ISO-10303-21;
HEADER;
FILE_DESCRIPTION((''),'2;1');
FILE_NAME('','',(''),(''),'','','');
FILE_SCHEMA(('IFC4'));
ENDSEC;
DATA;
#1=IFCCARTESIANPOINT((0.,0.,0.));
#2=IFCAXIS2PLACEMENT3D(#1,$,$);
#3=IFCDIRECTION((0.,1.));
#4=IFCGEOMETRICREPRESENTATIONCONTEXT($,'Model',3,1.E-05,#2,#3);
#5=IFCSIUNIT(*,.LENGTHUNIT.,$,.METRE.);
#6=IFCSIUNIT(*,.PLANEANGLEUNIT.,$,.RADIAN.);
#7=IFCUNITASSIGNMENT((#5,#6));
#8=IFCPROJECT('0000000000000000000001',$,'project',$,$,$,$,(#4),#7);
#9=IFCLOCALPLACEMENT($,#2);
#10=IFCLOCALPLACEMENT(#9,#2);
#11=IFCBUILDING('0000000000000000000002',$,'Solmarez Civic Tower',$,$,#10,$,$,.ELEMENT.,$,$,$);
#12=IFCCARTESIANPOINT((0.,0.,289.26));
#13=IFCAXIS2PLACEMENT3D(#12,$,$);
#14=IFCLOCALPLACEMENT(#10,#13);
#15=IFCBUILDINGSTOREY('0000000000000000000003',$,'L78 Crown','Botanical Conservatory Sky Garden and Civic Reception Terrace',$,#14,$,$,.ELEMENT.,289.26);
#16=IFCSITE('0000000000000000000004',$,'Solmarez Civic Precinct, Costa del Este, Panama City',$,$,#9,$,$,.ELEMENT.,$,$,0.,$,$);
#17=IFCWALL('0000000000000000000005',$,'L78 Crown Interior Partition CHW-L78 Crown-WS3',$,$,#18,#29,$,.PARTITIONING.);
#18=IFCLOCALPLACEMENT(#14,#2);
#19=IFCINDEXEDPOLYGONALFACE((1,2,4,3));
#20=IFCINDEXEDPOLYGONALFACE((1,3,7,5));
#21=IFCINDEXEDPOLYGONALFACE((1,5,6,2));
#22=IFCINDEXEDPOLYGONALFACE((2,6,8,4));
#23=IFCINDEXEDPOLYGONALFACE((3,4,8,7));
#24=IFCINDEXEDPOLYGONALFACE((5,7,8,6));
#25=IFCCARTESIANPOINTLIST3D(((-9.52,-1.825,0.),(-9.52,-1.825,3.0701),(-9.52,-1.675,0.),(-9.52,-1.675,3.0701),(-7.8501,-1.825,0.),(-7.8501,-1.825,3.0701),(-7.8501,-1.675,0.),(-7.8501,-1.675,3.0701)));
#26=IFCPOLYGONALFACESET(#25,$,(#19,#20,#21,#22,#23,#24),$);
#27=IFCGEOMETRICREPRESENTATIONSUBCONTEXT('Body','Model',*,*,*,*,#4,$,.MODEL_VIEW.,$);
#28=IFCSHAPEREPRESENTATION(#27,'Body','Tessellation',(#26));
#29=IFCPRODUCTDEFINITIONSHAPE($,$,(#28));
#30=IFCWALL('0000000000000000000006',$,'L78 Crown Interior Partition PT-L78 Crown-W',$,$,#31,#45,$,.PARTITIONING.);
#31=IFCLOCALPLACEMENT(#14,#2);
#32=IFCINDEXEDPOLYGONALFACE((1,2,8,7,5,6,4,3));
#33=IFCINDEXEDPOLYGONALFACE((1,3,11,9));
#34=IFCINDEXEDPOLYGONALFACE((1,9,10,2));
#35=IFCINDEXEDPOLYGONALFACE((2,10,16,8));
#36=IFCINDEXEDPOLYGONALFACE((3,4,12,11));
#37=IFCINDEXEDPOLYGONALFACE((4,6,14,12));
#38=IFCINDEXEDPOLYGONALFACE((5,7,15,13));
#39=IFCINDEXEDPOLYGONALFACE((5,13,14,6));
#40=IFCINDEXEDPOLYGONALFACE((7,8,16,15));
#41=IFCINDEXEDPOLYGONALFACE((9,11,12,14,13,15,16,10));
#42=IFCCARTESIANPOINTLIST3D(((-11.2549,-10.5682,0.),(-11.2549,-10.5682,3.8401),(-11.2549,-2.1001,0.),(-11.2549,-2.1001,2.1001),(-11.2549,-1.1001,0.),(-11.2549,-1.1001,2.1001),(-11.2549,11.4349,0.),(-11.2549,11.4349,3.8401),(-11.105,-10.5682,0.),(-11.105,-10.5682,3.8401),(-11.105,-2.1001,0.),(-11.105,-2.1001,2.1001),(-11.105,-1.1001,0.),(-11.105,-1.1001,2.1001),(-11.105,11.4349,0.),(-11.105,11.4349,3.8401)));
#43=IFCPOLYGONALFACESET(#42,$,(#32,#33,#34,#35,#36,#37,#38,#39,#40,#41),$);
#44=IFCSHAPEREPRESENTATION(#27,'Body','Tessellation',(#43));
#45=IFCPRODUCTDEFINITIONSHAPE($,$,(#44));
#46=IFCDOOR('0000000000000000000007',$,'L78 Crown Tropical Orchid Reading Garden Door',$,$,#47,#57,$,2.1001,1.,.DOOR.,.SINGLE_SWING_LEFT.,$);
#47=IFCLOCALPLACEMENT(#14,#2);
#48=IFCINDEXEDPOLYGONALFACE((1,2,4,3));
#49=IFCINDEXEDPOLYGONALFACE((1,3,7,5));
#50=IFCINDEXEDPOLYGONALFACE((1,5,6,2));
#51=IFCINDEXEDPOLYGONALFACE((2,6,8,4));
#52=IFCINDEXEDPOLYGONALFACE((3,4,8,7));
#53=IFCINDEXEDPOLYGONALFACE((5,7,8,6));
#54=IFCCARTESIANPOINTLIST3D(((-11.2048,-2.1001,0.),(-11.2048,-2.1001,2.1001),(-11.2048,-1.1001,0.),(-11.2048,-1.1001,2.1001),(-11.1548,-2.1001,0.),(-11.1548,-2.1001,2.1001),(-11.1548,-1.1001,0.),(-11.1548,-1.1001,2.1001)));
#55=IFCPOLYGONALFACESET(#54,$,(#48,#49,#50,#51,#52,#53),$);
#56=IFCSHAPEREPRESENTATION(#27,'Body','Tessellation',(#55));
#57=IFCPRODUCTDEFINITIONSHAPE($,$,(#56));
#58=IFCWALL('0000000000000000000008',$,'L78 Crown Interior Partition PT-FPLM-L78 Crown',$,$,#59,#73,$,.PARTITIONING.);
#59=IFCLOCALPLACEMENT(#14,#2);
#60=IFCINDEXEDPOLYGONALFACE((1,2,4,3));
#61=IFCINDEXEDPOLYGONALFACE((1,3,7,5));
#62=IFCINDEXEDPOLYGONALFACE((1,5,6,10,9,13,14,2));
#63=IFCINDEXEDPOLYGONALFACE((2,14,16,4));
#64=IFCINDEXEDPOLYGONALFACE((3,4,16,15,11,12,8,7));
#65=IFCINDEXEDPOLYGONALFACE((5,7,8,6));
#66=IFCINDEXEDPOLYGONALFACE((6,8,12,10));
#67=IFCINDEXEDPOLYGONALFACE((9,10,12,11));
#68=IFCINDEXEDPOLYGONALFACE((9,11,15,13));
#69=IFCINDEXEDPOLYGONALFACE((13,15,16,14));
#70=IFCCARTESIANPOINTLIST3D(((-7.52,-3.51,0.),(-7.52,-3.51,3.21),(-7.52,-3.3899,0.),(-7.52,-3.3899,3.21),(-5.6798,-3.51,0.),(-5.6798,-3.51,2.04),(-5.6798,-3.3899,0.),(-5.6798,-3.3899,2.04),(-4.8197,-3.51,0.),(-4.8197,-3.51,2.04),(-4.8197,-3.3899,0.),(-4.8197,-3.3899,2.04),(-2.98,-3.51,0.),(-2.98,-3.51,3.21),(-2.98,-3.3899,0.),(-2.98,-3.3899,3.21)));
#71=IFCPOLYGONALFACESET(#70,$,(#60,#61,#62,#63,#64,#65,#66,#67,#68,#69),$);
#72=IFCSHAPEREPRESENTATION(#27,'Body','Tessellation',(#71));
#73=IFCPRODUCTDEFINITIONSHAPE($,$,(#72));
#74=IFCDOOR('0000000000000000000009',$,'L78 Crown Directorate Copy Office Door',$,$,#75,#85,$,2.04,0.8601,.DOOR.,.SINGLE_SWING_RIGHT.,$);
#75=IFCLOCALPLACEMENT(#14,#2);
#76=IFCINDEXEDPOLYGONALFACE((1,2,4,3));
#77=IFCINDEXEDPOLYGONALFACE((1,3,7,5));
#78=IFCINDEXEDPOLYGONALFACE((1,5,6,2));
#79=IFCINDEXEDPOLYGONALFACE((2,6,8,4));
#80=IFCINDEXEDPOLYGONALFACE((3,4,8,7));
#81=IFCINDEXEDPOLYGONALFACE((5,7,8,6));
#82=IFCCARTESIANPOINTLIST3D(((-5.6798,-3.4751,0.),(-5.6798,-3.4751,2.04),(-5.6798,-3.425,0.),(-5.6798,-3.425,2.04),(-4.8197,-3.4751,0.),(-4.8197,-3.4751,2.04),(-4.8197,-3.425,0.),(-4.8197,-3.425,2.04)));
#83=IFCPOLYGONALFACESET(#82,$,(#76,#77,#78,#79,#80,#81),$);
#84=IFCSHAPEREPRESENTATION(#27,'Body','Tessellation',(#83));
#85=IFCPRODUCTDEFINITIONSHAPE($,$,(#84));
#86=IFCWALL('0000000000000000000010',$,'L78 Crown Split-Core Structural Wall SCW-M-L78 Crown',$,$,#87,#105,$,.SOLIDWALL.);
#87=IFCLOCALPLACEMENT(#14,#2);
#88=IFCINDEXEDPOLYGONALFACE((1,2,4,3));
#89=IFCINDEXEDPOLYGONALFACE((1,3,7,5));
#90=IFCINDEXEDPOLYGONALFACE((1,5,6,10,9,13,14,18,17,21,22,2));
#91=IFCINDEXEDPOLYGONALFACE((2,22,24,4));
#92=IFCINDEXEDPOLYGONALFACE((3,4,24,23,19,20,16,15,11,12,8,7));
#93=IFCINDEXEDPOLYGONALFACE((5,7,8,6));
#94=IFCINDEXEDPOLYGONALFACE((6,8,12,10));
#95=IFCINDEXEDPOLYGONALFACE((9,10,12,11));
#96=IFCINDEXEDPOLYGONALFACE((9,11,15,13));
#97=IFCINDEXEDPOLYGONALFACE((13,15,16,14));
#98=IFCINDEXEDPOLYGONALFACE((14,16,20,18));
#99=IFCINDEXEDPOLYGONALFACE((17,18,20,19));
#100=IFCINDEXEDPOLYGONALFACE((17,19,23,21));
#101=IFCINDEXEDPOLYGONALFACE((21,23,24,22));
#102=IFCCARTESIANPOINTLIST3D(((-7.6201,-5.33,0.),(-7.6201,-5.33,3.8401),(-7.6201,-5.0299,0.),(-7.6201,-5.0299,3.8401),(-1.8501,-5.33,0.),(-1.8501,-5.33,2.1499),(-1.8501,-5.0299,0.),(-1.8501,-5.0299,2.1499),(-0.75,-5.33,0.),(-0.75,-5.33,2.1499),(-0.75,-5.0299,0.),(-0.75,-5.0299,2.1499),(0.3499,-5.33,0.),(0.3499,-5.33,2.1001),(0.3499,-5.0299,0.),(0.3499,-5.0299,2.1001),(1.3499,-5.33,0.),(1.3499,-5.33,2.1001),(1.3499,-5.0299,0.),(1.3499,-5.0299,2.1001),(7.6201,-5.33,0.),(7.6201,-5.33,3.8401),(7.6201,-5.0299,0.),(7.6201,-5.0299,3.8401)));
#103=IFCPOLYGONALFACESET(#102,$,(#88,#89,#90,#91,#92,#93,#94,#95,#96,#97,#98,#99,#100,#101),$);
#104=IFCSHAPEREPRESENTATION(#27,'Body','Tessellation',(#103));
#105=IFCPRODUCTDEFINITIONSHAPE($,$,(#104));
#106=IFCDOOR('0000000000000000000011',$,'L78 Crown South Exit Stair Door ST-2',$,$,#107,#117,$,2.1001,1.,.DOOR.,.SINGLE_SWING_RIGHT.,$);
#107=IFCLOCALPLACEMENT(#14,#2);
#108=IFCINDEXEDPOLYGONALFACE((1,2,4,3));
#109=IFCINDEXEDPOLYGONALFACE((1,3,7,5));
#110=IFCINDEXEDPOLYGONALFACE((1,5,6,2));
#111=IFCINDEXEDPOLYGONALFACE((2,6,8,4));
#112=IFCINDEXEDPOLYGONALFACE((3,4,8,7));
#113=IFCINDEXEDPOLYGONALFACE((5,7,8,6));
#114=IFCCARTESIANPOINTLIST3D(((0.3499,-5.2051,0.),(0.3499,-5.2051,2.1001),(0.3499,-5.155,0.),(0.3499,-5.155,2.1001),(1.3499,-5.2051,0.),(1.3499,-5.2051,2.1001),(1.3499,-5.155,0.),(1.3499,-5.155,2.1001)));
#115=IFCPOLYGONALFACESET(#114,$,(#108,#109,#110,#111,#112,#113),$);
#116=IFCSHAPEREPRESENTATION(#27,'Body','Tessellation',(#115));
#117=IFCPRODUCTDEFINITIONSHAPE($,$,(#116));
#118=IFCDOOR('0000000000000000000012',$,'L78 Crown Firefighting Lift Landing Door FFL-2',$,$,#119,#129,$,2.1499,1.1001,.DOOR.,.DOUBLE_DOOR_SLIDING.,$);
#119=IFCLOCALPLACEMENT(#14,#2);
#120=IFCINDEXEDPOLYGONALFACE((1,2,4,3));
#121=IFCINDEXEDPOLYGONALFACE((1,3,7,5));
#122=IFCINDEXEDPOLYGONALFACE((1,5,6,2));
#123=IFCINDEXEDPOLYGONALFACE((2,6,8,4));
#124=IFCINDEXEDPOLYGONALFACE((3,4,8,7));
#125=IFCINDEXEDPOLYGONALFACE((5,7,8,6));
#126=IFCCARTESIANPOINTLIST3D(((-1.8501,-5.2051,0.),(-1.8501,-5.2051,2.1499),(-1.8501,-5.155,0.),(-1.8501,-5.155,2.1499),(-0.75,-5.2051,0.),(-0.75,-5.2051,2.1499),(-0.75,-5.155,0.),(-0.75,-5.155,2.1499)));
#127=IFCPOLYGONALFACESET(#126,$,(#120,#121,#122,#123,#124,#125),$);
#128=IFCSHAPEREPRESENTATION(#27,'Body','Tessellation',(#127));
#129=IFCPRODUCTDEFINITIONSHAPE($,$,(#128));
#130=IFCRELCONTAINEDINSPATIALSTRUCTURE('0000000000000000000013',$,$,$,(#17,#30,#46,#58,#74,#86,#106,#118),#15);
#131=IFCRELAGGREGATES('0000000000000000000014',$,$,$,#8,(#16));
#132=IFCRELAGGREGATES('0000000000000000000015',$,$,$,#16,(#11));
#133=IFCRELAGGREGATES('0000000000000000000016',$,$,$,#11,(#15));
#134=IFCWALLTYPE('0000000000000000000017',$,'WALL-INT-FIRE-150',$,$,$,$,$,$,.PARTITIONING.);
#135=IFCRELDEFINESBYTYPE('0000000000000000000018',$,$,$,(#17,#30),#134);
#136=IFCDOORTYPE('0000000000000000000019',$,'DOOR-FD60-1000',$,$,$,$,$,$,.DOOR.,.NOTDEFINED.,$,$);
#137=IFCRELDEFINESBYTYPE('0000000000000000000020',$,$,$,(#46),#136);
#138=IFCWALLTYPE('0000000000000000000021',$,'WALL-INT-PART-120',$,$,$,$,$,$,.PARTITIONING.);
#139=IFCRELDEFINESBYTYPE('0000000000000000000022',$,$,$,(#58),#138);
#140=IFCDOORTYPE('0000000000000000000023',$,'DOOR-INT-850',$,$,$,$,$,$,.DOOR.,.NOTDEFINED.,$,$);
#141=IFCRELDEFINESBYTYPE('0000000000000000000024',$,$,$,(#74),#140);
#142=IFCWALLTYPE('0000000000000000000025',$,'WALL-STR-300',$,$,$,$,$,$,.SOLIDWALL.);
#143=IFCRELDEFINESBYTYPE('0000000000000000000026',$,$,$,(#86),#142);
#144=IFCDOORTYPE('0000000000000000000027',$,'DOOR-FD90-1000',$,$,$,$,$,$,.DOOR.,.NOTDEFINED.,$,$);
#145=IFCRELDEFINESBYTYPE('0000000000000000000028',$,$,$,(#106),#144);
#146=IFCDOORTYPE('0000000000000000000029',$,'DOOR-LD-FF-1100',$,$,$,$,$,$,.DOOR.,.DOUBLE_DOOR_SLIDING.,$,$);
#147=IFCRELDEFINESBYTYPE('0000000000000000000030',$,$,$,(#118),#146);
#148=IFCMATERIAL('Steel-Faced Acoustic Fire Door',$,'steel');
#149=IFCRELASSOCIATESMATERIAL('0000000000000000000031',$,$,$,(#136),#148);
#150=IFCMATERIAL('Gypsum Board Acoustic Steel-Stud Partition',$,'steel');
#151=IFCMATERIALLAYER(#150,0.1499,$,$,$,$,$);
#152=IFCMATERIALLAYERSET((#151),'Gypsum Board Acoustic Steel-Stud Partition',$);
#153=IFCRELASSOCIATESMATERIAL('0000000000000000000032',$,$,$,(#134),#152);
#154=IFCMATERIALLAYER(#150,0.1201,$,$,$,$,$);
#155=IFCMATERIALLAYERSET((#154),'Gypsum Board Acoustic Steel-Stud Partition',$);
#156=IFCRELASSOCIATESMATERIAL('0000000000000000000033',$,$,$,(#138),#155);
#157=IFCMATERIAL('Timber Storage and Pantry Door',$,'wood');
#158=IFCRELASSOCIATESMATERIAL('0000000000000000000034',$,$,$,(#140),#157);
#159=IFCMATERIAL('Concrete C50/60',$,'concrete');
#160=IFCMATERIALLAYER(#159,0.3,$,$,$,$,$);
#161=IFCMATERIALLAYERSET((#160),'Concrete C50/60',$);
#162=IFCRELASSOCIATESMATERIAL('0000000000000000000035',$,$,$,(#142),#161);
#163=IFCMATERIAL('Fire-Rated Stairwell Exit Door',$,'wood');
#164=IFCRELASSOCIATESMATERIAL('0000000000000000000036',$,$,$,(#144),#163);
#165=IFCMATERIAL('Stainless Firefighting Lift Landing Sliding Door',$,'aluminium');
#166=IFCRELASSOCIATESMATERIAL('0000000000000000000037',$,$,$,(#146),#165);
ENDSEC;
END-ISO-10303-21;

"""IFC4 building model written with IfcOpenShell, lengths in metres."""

from ifc_helpers import new_model, si_unit, direction, frame, frame_2d, origin, place, context, subcontext, project, spatial, rectangle, extrude, material, layer, layer_set, type_object, element, fill, save


model = new_model("IFC4")

# Units and contexts
model_context = context("Model", 3, precision=1e-05, world=origin(), true_north=direction((0.0, 1.0)))
body_context = subcontext(model_context, "Body", "Model", "MODEL_VIEW")
ifc_project = project(units=[si_unit("LENGTHUNIT", "METRE"), si_unit("PLANEANGLEUNIT", "RADIAN")], contexts=[model_context])

# Site, building, storey
site_placement = place(None, origin())
site = spatial("IfcSite", under=ifc_project, at=site_placement, Name="Solmarez Civic Precinct, Costa del Este, Panama City", CompositionType="ELEMENT", RefElevation=0.0)
building_placement = place(site_placement, origin())
building = spatial("IfcBuilding", under=site, at=building_placement, Name="Solmarez Civic Tower", CompositionType="ELEMENT")
storey_placement = place(building_placement, frame((0.0, 0.0, 289.26)))
storey = spatial("IfcBuildingStorey", under=building, at=storey_placement, Name="L78 Crown", Description="Botanical Conservatory Sky Garden and Civic Reception Terrace", CompositionType="ELEMENT", Elevation=289.26)

# Shared definitions
ifc_material_1 = material(Name="Concrete C50/60", Category="concrete")
ifc_material_2 = material(Name="Steel-Faced Acoustic Fire Door", Category="steel")
door_type_1 = type_object("IfcDoorType", Name="DOOR-FD60-1000", OperationType="NOTDEFINED", PredefinedType="DOOR", material=ifc_material_2)

# Wall
ifc_material_3 = material(Name="Gypsum Board Acoustic Steel-Stud Partition", Category="steel")
ifc_layer_1 = layer(ifc_material_3, 0.1499)
ifc_layer_set_1 = layer_set([ifc_layer_1], Name="Gypsum Board Acoustic Steel-Stud Partition")
wall_type_1 = type_object("IfcWallType", Name="WALL-INT-FIRE-150", PredefinedType="PARTITIONING", material=ifc_layer_set_1)
wall_1_placement = place(storey_placement, frame((-7.8501, -1.75, 0.0), z_axis=(0.0, 0.0, 1.0), x_axis=(-1.0, 0.0, 0.0)))
element("IfcWall", 1, at=wall_1_placement, inside=storey, type_object=wall_type_1, Name="L78 Crown Interior Partition CHW-L78 Crown-WS3", PredefinedType="PARTITIONING", context=body_context, shape_type="SweptSolid", body=[
    extrude(rectangle(XDim=1.6699, YDim=0.1499, at=frame_2d((0.835, 0.0))), origin(), (0.0, 0.0, 1.0), 3.0701),
])

# Walls, openings, doors
wall_2_placement = place(storey_placement, frame((-11.1799, -10.5681, 0.0), z_axis=(0.0, 0.0, 1.0), x_axis=(0.0, 1.0, 0.0)))
wall_2 = element("IfcWall", 2, at=wall_2_placement, inside=storey, type_object=wall_type_1, Name="L78 Crown Interior Partition PT-L78 Crown-W", PredefinedType="PARTITIONING", context=body_context, shape_type="SweptSolid", body=[
    extrude(rectangle(XDim=22.0032, YDim=0.1499, at=frame_2d((11.0015, 0.0))), origin(), (0.0, 0.0, 1.0), 3.8401),
])
opening_1_placement = place(wall_2_placement, frame((8.468, 0.0, 0.0)))
opening_1 = element("IfcOpeningElement", 3, at=opening_1_placement, cuts=wall_2, PredefinedType="OPENING", context=body_context, shape_type="SweptSolid", body=[
    extrude(rectangle(XDim=1.0, YDim=2.1001, at=frame_2d((0.5, 1.05))), frame((0.0, 0.085, 0.0), z_axis=(0.0, -1.0, 0.0), x_axis=(1.0, 0.0, 0.0)), (0.0, 0.0, 1.0), 0.1699),
])
door_1_placement = place(opening_1_placement, origin())
door_1 = element("IfcDoor", 4, at=door_1_placement, inside=storey, type_object=door_type_1, Name="L78 Crown Tropical Orchid Reading Garden Door", OperationType="SINGLE_SWING_LEFT", OverallHeight=2.1001, OverallWidth=1.0, PredefinedType="DOOR", context=body_context, shape_type="SweptSolid", body=[
    extrude(rectangle(XDim=1.0, YDim=2.1001, at=frame_2d((0.5, 1.05))), frame((0.0, 0.0249, 0.0), z_axis=(0.0, -1.0, 0.0), x_axis=(1.0, 0.0, 0.0)), (0.0, 0.0, 1.0), 0.05),
])
fill(opening_1, door_1)
ifc_layer_2 = layer(ifc_material_3, 0.1201)
ifc_layer_set_2 = layer_set([ifc_layer_2], Name="Gypsum Board Acoustic Steel-Stud Partition")
wall_type_2 = type_object("IfcWallType", Name="WALL-INT-PART-120", PredefinedType="PARTITIONING", material=ifc_layer_set_2)
wall_3_placement = place(storey_placement, frame((-7.52, -3.45, 0.0), z_axis=(0.0, 0.0, 1.0), x_axis=(1.0, 0.0, 0.0)))
wall_3 = element("IfcWall", 5, at=wall_3_placement, inside=storey, type_object=wall_type_2, Name="L78 Crown Interior Partition PT-FPLM-L78 Crown", PredefinedType="PARTITIONING", context=body_context, shape_type="SweptSolid", body=[
    extrude(rectangle(XDim=4.54, YDim=0.1201, at=frame_2d((2.27, 0.0))), origin(), (0.0, 0.0, 1.0), 3.21),
])
opening_2_placement = place(wall_3_placement, frame((1.8401, 0.0, 0.0)))
opening_2 = element("IfcOpeningElement", 6, at=opening_2_placement, cuts=wall_3, PredefinedType="OPENING", context=body_context, shape_type="SweptSolid", body=[
    extrude(rectangle(XDim=0.8601, YDim=2.04, at=frame_2d((0.4302, 1.02))), frame((0.0, 0.0701, 0.0), z_axis=(0.0, -1.0, 0.0), x_axis=(1.0, 0.0, 0.0)), (0.0, 0.0, 1.0), 0.1401),
])
ifc_material_4 = material(Name="Timber Storage and Pantry Door", Category="wood")
door_type_2 = type_object("IfcDoorType", Name="DOOR-INT-850", OperationType="NOTDEFINED", PredefinedType="DOOR", material=ifc_material_4)
door_2_placement = place(opening_2_placement, origin())
door_2 = element("IfcDoor", 7, at=door_2_placement, inside=storey, type_object=door_type_2, Name="L78 Crown Directorate Copy Office Door", OperationType="SINGLE_SWING_RIGHT", OverallHeight=2.04, OverallWidth=0.8601, PredefinedType="DOOR", context=body_context, shape_type="SweptSolid", body=[
    extrude(rectangle(XDim=0.8601, YDim=2.04, at=frame_2d((0.4302, 1.02))), frame((0.0, 0.0249, 0.0), z_axis=(0.0, -1.0, 0.0), x_axis=(1.0, 0.0, 0.0)), (0.0, 0.0, 1.0), 0.05),
])
fill(opening_2, door_2)

# Wall, openings, doors
ifc_layer_3 = layer(ifc_material_1, 0.3)
ifc_layer_set_3 = layer_set([ifc_layer_3], Name="Concrete C50/60")
wall_type_3 = type_object("IfcWallType", Name="WALL-STR-300", PredefinedType="SOLIDWALL", material=ifc_layer_set_3)
wall_4_placement = place(storey_placement, frame((-7.6201, -5.1799, 0.0), z_axis=(0.0, 0.0, 1.0), x_axis=(1.0, 0.0, 0.0)))
wall_4 = element("IfcWall", 8, at=wall_4_placement, inside=storey, type_object=wall_type_3, Name="L78 Crown Split-Core Structural Wall SCW-M-L78 Crown", PredefinedType="SOLIDWALL", context=body_context, shape_type="SweptSolid", body=[
    extrude(rectangle(XDim=15.2402, YDim=0.3, at=frame_2d((7.6201, 0.0))), origin(), (0.0, 0.0, 1.0), 3.8401),
])
opening_3_placement = place(wall_4_placement, frame((5.77, 0.0, 0.0)))
opening_3 = element("IfcOpeningElement", 9, at=opening_3_placement, cuts=wall_4, PredefinedType="OPENING", context=body_context, shape_type="SweptSolid", body=[
    extrude(rectangle(XDim=1.1001, YDim=2.1499, at=frame_2d((0.55, 1.075))), frame((0.0, 0.1599, 0.0), z_axis=(0.0, -1.0, 0.0), x_axis=(1.0, 0.0, 0.0)), (0.0, 0.0, 1.0), 0.3201),
])
opening_4_placement = place(wall_4_placement, frame((7.97, 0.0, 0.0)))
opening_4 = element("IfcOpeningElement", 10, at=opening_4_placement, cuts=wall_4, PredefinedType="OPENING", context=body_context, shape_type="SweptSolid", body=[
    extrude(rectangle(XDim=1.0, YDim=2.1001, at=frame_2d((0.5, 1.05))), frame((0.0, 0.1599, 0.0), z_axis=(0.0, -1.0, 0.0), x_axis=(1.0, 0.0, 0.0)), (0.0, 0.0, 1.0), 0.3201),
])
ifc_material_5 = material(Name="Fire-Rated Stairwell Exit Door", Category="wood")
door_type_3 = type_object("IfcDoorType", Name="DOOR-FD90-1000", OperationType="NOTDEFINED", PredefinedType="DOOR", material=ifc_material_5)
door_3_placement = place(opening_4_placement, origin())
door_3 = element("IfcDoor", 11, at=door_3_placement, inside=storey, type_object=door_type_3, Name="L78 Crown South Exit Stair Door ST-2", OperationType="SINGLE_SWING_RIGHT", OverallHeight=2.1001, OverallWidth=1.0, PredefinedType="DOOR", context=body_context, shape_type="SweptSolid", body=[
    extrude(rectangle(XDim=1.0, YDim=2.1001, at=frame_2d((0.5, 1.05))), frame((0.0, 0.0249, 0.0), z_axis=(0.0, -1.0, 0.0), x_axis=(1.0, 0.0, 0.0)), (0.0, 0.0, 1.0), 0.05),
])
fill(opening_4, door_3)
ifc_material_6 = material(Name="Stainless Firefighting Lift Landing Sliding Door", Category="aluminium")
door_type_4 = type_object("IfcDoorType", Name="DOOR-LD-FF-1100", OperationType="DOUBLE_DOOR_SLIDING", PredefinedType="DOOR", material=ifc_material_6)
door_4_placement = place(opening_3_placement, origin())
door_4 = element("IfcDoor", 12, at=door_4_placement, inside=storey, type_object=door_type_4, Name="L78 Crown Firefighting Lift Landing Door FFL-2", OperationType="DOUBLE_DOOR_SLIDING", OverallHeight=2.1499, OverallWidth=1.1001, PredefinedType="DOOR", context=body_context, shape_type="SweptSolid", body=[
    extrude(rectangle(XDim=1.1001, YDim=2.1499, at=frame_2d((0.55, 1.075))), frame((0.0, 0.0249, 0.0), z_axis=(0.0, -1.0, 0.0), x_axis=(1.0, 0.0, 0.0)), (0.0, 0.0, 1.0), 0.05),
])
fill(opening_3, door_4)

save(model, "model.ifc")
